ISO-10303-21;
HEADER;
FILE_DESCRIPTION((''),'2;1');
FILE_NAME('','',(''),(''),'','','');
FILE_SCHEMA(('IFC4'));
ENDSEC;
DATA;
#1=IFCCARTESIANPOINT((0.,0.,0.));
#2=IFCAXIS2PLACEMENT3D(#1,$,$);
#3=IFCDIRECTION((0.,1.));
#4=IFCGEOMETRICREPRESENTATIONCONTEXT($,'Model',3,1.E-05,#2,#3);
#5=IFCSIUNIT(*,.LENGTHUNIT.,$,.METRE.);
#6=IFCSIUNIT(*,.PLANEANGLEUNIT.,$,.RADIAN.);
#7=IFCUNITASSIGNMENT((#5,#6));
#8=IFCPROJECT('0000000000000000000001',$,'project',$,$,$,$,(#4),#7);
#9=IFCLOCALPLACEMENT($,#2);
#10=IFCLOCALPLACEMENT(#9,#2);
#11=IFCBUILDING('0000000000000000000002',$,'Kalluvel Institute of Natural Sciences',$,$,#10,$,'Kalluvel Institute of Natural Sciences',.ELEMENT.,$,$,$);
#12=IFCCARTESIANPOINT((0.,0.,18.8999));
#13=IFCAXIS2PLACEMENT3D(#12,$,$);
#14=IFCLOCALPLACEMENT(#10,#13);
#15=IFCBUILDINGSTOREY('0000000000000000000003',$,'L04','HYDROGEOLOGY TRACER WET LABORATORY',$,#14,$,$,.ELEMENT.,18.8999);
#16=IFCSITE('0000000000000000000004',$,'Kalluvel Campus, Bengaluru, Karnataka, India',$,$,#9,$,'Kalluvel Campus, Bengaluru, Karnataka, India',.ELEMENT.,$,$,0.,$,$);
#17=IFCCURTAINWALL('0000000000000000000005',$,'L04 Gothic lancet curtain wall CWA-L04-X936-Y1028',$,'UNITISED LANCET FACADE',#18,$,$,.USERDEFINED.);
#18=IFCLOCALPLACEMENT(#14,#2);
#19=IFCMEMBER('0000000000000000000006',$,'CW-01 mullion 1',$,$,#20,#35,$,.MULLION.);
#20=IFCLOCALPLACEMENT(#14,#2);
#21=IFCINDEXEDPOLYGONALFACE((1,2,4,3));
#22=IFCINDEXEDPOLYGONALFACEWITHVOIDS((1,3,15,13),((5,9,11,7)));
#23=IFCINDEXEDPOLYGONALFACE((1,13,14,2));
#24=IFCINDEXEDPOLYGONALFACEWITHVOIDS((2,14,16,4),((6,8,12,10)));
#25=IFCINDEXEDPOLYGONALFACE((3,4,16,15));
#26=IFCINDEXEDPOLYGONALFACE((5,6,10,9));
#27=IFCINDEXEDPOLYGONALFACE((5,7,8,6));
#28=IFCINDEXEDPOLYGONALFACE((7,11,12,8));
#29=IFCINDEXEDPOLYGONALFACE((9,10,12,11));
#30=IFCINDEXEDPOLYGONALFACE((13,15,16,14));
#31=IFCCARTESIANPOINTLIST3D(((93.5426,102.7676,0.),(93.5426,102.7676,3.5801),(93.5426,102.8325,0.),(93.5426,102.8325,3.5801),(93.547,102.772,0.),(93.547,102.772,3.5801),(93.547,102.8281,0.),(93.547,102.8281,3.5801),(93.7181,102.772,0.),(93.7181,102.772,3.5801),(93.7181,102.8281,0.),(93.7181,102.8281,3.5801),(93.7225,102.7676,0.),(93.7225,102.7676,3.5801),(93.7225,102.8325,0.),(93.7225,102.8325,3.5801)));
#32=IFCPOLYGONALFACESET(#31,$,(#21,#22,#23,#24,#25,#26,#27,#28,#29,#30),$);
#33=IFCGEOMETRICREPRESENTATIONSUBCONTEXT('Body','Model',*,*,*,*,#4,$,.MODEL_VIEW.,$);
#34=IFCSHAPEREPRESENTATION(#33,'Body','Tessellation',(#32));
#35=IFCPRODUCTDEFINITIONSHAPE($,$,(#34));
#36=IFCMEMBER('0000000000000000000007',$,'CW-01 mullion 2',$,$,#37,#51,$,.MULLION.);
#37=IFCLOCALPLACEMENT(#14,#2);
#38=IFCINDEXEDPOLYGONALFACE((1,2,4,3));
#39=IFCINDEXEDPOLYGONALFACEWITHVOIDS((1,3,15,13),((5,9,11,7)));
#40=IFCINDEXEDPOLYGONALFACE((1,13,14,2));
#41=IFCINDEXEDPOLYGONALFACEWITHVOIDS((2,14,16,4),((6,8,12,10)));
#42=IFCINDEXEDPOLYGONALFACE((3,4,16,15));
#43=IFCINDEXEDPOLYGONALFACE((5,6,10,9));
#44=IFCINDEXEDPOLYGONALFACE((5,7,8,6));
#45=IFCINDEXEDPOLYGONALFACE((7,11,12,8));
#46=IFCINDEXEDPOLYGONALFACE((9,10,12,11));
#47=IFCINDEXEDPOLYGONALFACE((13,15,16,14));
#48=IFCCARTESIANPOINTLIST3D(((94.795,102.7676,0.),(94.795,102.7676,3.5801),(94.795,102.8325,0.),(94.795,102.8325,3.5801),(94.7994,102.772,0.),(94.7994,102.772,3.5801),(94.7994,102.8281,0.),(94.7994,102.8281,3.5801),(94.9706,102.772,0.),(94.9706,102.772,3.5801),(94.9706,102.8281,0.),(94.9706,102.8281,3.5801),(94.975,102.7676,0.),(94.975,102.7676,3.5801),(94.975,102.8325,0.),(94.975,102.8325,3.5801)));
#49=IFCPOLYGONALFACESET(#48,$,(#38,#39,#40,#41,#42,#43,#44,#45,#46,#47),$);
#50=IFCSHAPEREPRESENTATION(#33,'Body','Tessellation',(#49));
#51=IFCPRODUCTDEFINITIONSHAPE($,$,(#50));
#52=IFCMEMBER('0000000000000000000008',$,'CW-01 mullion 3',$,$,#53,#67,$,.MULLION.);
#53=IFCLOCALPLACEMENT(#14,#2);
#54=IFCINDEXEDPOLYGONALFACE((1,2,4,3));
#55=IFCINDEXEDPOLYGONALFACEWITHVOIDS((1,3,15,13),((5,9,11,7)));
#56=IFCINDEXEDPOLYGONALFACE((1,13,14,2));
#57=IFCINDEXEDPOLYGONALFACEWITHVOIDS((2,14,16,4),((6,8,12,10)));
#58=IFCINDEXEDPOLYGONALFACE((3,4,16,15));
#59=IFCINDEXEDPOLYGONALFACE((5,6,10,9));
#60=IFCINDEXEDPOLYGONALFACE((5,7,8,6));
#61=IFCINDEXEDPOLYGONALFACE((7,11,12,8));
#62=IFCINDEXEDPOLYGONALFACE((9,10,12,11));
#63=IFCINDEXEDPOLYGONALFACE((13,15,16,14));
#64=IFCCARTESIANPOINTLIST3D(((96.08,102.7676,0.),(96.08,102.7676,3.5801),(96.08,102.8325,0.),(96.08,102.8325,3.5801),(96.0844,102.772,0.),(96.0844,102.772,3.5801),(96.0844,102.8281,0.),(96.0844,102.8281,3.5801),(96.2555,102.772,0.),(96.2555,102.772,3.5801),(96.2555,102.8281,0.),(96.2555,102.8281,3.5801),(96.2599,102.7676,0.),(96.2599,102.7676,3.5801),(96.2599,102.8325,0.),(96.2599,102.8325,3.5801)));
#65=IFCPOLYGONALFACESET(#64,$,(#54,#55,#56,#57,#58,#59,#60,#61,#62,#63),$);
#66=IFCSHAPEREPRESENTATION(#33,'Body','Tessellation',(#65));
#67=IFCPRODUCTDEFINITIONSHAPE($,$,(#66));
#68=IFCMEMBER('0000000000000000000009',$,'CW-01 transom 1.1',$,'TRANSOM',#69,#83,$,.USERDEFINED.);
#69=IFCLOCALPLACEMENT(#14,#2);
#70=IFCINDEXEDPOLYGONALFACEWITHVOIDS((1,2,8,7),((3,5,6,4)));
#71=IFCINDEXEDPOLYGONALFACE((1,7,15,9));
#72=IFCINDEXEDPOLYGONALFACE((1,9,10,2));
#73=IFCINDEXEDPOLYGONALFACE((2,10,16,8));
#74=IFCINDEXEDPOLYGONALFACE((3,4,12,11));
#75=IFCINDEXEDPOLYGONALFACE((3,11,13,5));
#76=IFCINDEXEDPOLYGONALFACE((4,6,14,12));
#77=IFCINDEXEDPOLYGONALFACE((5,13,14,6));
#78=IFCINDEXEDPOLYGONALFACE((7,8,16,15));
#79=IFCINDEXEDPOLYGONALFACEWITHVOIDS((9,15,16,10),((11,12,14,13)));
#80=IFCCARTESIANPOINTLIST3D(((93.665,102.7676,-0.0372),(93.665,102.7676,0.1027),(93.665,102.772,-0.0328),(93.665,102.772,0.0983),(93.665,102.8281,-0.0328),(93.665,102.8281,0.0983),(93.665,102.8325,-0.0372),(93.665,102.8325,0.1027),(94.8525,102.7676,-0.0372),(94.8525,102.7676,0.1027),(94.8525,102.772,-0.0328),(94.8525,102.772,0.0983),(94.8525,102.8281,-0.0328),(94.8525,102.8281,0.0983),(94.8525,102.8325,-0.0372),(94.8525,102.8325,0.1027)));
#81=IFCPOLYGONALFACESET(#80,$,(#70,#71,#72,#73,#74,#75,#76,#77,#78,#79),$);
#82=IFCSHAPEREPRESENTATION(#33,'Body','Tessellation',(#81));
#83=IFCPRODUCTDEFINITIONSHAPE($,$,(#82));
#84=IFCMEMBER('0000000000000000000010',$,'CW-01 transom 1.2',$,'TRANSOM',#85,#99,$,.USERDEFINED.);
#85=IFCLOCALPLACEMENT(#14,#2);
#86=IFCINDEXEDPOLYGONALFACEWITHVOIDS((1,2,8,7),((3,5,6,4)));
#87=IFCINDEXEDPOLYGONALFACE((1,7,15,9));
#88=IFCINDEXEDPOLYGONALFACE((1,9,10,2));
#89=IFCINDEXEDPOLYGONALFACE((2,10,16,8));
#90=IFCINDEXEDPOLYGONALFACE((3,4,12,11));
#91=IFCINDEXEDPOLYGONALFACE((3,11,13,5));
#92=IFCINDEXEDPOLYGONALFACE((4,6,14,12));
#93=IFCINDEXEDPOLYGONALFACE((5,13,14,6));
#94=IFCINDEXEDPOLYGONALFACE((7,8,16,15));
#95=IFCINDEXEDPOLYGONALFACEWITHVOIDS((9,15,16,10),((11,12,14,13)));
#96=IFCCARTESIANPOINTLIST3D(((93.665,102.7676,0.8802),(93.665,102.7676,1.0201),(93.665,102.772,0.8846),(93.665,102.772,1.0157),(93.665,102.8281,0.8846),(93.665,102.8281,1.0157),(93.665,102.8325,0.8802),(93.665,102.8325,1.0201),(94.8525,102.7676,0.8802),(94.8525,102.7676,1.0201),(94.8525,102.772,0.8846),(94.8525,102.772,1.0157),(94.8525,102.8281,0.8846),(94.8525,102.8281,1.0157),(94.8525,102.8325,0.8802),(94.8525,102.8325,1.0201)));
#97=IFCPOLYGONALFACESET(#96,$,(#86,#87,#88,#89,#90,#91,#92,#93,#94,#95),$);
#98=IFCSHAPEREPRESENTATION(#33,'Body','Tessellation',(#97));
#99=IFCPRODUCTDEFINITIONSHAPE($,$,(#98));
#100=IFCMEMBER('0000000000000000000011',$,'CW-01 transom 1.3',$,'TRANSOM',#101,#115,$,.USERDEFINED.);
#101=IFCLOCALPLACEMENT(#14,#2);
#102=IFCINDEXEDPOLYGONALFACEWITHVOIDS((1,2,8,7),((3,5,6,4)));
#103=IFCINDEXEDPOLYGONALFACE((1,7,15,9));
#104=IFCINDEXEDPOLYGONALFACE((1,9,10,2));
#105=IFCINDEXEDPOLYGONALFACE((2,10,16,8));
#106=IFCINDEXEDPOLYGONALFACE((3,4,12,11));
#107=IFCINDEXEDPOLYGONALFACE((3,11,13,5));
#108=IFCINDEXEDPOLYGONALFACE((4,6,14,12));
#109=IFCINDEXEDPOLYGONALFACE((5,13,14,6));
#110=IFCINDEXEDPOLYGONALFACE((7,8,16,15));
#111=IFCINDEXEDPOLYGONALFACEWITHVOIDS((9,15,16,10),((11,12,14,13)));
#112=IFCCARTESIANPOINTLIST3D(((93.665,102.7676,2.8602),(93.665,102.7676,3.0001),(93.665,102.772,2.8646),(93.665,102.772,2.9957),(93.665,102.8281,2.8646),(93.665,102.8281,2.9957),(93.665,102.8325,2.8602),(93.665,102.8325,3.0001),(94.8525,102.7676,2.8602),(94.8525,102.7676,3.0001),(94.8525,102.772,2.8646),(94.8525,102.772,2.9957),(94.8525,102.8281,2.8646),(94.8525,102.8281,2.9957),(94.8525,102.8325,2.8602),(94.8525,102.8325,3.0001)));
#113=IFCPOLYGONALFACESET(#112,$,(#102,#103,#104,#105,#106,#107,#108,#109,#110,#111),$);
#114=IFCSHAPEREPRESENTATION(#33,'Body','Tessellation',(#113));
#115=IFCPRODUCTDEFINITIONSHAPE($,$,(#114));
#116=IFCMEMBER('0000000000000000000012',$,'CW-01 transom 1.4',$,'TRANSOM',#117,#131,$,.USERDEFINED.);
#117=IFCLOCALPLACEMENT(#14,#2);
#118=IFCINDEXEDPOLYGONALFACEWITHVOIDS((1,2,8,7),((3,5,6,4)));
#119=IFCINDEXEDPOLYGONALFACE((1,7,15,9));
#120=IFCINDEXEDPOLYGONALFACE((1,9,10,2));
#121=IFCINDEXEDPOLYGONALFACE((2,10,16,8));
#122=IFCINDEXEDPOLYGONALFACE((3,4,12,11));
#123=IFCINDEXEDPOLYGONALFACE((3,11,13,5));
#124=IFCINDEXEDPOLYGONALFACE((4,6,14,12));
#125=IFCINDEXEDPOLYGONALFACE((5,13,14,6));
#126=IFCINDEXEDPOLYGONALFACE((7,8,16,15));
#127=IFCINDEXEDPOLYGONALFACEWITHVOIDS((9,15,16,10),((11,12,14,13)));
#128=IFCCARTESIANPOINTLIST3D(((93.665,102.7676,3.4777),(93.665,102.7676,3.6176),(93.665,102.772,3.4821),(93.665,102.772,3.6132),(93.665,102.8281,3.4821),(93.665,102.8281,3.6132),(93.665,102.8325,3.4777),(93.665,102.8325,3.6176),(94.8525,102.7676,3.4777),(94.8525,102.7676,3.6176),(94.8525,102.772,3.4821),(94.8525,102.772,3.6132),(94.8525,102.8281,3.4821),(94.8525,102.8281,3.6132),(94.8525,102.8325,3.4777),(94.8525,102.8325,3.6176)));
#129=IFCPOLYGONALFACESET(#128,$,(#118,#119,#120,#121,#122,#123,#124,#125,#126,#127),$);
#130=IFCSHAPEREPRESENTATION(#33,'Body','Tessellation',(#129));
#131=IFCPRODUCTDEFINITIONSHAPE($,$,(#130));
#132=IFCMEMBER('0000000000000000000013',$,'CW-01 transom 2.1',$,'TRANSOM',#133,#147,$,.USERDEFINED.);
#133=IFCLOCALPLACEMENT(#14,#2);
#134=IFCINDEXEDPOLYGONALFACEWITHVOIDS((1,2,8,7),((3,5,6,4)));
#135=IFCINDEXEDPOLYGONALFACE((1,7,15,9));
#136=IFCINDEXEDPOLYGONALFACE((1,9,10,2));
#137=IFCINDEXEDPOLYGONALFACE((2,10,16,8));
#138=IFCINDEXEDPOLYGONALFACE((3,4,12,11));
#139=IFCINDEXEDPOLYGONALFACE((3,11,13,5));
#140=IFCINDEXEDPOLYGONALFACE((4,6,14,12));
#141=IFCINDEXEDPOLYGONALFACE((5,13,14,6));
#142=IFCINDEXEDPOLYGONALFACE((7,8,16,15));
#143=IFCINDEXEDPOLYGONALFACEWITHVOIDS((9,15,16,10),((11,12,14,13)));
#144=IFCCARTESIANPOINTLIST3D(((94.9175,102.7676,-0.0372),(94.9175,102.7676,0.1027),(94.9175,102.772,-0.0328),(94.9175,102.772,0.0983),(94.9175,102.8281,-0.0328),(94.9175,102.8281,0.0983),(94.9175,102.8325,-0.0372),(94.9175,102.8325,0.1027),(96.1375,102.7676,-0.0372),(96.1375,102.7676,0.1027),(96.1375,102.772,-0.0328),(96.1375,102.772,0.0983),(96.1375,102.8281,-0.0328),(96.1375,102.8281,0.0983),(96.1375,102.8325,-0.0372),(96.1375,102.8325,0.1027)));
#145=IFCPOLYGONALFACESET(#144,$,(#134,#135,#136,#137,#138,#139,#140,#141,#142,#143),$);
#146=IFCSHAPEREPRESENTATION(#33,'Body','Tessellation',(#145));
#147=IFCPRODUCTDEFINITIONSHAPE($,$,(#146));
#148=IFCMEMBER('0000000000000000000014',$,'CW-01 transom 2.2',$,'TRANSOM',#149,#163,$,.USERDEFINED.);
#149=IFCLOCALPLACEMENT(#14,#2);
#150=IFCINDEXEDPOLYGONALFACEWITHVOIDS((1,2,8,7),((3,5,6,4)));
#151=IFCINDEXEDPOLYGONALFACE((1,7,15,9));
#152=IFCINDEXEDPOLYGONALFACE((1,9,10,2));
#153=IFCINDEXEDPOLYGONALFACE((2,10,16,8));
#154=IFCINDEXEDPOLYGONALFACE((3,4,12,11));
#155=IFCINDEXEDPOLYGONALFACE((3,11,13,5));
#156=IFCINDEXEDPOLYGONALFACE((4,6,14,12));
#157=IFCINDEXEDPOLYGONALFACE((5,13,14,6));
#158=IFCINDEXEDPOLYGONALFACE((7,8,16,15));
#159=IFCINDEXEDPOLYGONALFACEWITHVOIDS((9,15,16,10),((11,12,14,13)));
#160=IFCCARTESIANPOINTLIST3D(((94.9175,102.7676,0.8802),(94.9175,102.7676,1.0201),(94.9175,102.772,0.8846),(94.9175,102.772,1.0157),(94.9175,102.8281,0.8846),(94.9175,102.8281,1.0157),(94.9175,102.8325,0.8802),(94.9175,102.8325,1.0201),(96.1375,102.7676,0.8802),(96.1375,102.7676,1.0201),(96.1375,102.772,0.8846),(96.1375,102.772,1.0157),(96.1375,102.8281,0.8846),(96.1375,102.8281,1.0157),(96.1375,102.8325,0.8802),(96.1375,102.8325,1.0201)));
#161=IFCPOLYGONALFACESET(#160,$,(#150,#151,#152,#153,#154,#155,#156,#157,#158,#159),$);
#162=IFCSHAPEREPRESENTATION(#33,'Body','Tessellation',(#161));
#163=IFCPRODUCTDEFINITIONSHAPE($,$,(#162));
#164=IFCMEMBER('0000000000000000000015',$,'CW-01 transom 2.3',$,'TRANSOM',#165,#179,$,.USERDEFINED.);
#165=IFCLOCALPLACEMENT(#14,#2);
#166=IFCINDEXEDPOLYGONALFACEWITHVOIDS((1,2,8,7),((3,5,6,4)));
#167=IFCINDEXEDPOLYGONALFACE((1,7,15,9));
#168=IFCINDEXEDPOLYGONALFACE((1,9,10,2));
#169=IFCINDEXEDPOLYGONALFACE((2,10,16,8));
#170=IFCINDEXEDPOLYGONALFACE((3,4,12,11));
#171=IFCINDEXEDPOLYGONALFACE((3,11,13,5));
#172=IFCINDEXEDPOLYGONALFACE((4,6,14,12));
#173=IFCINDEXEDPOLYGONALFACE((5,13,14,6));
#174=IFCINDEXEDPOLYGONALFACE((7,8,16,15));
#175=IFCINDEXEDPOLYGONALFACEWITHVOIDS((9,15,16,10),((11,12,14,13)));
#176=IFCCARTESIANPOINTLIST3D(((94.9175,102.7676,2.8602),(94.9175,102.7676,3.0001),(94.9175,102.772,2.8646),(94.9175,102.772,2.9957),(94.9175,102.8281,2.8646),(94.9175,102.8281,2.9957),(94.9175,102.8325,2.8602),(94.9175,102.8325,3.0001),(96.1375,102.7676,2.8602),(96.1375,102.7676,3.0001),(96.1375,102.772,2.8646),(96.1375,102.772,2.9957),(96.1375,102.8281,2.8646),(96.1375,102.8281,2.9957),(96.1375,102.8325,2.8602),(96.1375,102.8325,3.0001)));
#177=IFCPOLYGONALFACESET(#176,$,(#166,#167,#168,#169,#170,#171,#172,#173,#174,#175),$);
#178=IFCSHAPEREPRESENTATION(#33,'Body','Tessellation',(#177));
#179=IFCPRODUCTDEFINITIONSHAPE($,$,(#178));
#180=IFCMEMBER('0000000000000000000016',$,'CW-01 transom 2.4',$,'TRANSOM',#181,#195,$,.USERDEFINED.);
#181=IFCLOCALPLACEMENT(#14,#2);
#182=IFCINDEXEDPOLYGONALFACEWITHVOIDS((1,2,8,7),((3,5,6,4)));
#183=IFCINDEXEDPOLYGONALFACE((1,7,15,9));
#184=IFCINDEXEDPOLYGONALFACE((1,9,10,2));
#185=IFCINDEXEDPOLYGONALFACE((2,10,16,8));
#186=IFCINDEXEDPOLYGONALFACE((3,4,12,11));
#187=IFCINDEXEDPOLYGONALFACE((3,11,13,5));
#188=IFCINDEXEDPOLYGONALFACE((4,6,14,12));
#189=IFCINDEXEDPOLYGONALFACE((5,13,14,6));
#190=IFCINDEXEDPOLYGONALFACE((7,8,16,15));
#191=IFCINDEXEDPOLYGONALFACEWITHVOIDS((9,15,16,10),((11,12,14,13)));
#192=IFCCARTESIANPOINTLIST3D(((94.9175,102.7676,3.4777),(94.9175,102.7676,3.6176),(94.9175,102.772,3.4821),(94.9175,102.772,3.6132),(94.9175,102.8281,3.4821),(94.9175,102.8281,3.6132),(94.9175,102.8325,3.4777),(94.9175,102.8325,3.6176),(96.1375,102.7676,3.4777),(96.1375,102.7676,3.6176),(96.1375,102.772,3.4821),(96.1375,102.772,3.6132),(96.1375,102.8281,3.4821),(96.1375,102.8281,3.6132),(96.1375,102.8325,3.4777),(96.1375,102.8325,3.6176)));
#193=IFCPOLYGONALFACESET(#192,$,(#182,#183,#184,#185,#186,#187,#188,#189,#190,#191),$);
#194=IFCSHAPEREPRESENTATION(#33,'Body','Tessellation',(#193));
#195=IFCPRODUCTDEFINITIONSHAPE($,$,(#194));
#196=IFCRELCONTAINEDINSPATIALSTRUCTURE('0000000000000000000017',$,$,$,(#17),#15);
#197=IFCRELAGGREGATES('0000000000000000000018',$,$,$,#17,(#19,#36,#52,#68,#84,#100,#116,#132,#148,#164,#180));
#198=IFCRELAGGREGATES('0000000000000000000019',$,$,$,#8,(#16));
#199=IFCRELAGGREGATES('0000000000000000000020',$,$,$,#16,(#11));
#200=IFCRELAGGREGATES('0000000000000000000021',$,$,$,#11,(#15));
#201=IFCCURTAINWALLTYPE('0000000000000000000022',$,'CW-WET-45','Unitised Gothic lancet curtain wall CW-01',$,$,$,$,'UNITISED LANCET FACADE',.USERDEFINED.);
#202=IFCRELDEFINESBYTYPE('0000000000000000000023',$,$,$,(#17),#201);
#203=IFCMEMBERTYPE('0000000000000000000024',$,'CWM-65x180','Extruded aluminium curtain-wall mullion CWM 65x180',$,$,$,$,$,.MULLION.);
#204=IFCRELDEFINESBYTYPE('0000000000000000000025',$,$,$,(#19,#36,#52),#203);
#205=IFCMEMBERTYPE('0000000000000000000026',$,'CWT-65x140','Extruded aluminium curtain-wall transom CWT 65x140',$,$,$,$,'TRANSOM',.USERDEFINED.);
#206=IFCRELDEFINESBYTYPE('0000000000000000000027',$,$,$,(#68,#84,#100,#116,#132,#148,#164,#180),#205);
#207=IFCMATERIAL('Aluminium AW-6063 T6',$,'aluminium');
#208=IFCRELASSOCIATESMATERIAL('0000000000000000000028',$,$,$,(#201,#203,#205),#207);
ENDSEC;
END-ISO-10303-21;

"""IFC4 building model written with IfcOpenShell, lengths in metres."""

from ifc_helpers import new_model, si_unit, direction, frame, origin, origin_2d, place, context, subcontext, project, spatial, hollow_rectangle, extrude, material, material_profile, profile_set, type_object, element, aggregate, save


model = new_model("IFC4")

# Units and contexts
model_context = context("Model", 3, precision=1e-05, world=origin(), true_north=direction((0.0, 1.0)))
body_context = subcontext(model_context, "Body", "Model", "MODEL_VIEW")
ifc_project = project(units=[si_unit("LENGTHUNIT", "METRE"), si_unit("PLANEANGLEUNIT", "RADIAN")], contexts=[model_context])

# Site, building, storey
site_placement = place(None, origin())
site = spatial("IfcSite", under=ifc_project, at=site_placement, Name="Kalluvel Campus, Bengaluru, Karnataka, India", LongName="Kalluvel Campus, Bengaluru, Karnataka, India", CompositionType="ELEMENT", RefElevation=0.0)
building_placement = place(site_placement, origin())
building = spatial("IfcBuilding", under=site, at=building_placement, Name="Kalluvel Institute of Natural Sciences", LongName="Kalluvel Institute of Natural Sciences", CompositionType="ELEMENT")
storey_placement = place(building_placement, frame((0.0, 0.0, 18.8999)))
storey = spatial("IfcBuildingStorey", under=building, at=storey_placement, Name="L04", Description="HYDROGEOLOGY TRACER WET LABORATORY", CompositionType="ELEMENT", Elevation=18.8999)

# Curtain wall, members
ifc_material_1 = material(Name="Aluminium AW-6063 T6", Category="aluminium")
curtain_wall_type = type_object("IfcCurtainWallType", Name="CW-WET-45", Description="Unitised Gothic lancet curtain wall CW-01", ElementType="UNITISED LANCET FACADE", PredefinedType="USERDEFINED", material=ifc_material_1)
curtain_wall_placement = place(storey_placement, origin())
curtain_wall = element("IfcCurtainWall", 1, at=curtain_wall_placement, inside=storey, type_object=curtain_wall_type, Name="L04 Gothic lancet curtain wall CWA-L04-X936-Y1028", ObjectType="UNITISED LANCET FACADE", PredefinedType="USERDEFINED")
ifc_material_profile_1 = material_profile(ifc_material_1, hollow_rectangle(XDim=0.0649, YDim=0.1799, WallThickness=0.0044, at=origin_2d()), Name="CWM 65x180")
ifc_profile_set_1 = profile_set([ifc_material_profile_1], Name="Aluminium AW-6063 T6")
member_type_1 = type_object("IfcMemberType", Name="CWM-65x180", Description="Extruded aluminium curtain-wall mullion CWM 65x180", PredefinedType="MULLION", material=ifc_profile_set_1)
member_1_placement = place(storey_placement, frame((93.6326, 102.8, 0.0), z_axis=(0.0, 0.0, 1.0), x_axis=(0.0, 1.0, 0.0)))
member_1 = element("IfcMember", 2, at=member_1_placement, type_object=member_type_1, Name="CW-01 mullion 1", PredefinedType="MULLION", context=body_context, shape_type="SweptSolid", body=[
    extrude(hollow_rectangle(XDim=0.0649, YDim=0.1799, WallThickness=0.0044, at=origin_2d()), origin(), (0.0, 0.0, 1.0), 3.5801),
])
member_2_placement = place(storey_placement, frame((94.885, 102.8, 0.0), z_axis=(0.0, 0.0, 1.0), x_axis=(0.0, 1.0, 0.0)))
member_2 = element("IfcMember", 3, at=member_2_placement, type_object=member_type_1, Name="CW-01 mullion 2", PredefinedType="MULLION", context=body_context, shape_type="SweptSolid", body=[
    extrude(hollow_rectangle(XDim=0.0649, YDim=0.1799, WallThickness=0.0044, at=origin_2d()), origin(), (0.0, 0.0, 1.0), 3.5801),
])
member_3_placement = place(storey_placement, frame((96.1699, 102.8, 0.0), z_axis=(0.0, 0.0, 1.0), x_axis=(0.0, 1.0, 0.0)))
member_3 = element("IfcMember", 4, at=member_3_placement, type_object=member_type_1, Name="CW-01 mullion 3", PredefinedType="MULLION", context=body_context, shape_type="SweptSolid", body=[
    extrude(hollow_rectangle(XDim=0.0649, YDim=0.1799, WallThickness=0.0044, at=origin_2d()), origin(), (0.0, 0.0, 1.0), 3.5801),
])
ifc_material_profile_2 = material_profile(ifc_material_1, hollow_rectangle(XDim=0.0649, YDim=0.1399, WallThickness=0.0044, at=origin_2d()), Name="CWT 65x140")
ifc_profile_set_2 = profile_set([ifc_material_profile_2], Name="Aluminium AW-6063 T6")
member_type_2 = type_object("IfcMemberType", Name="CWT-65x140", Description="Extruded aluminium curtain-wall transom CWT 65x140", ElementType="TRANSOM", PredefinedType="USERDEFINED", material=ifc_profile_set_2)
member_4_placement = place(storey_placement, frame((93.665, 102.8, 0.0327), z_axis=(1.0, 0.0, 0.0), x_axis=(0.0, 1.0, 0.0)))
member_4 = element("IfcMember", 5, at=member_4_placement, type_object=member_type_2, Name="CW-01 transom 1.1", ObjectType="TRANSOM", PredefinedType="USERDEFINED", context=body_context, shape_type="SweptSolid", body=[
    extrude(hollow_rectangle(XDim=0.0649, YDim=0.1399, WallThickness=0.0044, at=origin_2d()), origin(), (0.0, 0.0, 1.0), 1.1875),
])
member_5_placement = place(storey_placement, frame((93.665, 102.8, 0.9502), z_axis=(1.0, 0.0, 0.0), x_axis=(0.0, 1.0, 0.0)))
member_5 = element("IfcMember", 6, at=member_5_placement, type_object=member_type_2, Name="CW-01 transom 1.2", ObjectType="TRANSOM", PredefinedType="USERDEFINED", context=body_context, shape_type="SweptSolid", body=[
    extrude(hollow_rectangle(XDim=0.0649, YDim=0.1399, WallThickness=0.0044, at=origin_2d()), origin(), (0.0, 0.0, 1.0), 1.1875),
])
member_6_placement = place(storey_placement, frame((93.665, 102.8, 2.9302), z_axis=(1.0, 0.0, 0.0), x_axis=(0.0, 1.0, 0.0)))
member_6 = element("IfcMember", 7, at=member_6_placement, type_object=member_type_2, Name="CW-01 transom 1.3", ObjectType="TRANSOM", PredefinedType="USERDEFINED", context=body_context, shape_type="SweptSolid", body=[
    extrude(hollow_rectangle(XDim=0.0649, YDim=0.1399, WallThickness=0.0044, at=origin_2d()), origin(), (0.0, 0.0, 1.0), 1.1875),
])
member_7_placement = place(storey_placement, frame((93.665, 102.8, 3.5476), z_axis=(1.0, 0.0, 0.0), x_axis=(0.0, 1.0, 0.0)))
member_7 = element("IfcMember", 8, at=member_7_placement, type_object=member_type_2, Name="CW-01 transom 1.4", ObjectType="TRANSOM", PredefinedType="USERDEFINED", context=body_context, shape_type="SweptSolid", body=[
    extrude(hollow_rectangle(XDim=0.0649, YDim=0.1399, WallThickness=0.0044, at=origin_2d()), origin(), (0.0, 0.0, 1.0), 1.1875),
])
member_8_placement = place(storey_placement, frame((94.9175, 102.8, 0.0327), z_axis=(1.0, 0.0, 0.0), x_axis=(0.0, 1.0, 0.0)))
member_8 = element("IfcMember", 9, at=member_8_placement, type_object=member_type_2, Name="CW-01 transom 2.1", ObjectType="TRANSOM", PredefinedType="USERDEFINED", context=body_context, shape_type="SweptSolid", body=[
    extrude(hollow_rectangle(XDim=0.0649, YDim=0.1399, WallThickness=0.0044, at=origin_2d()), origin(), (0.0, 0.0, 1.0), 1.22),
])
member_9_placement = place(storey_placement, frame((94.9175, 102.8, 0.9502), z_axis=(1.0, 0.0, 0.0), x_axis=(0.0, 1.0, 0.0)))
member_9 = element("IfcMember", 10, at=member_9_placement, type_object=member_type_2, Name="CW-01 transom 2.2", ObjectType="TRANSOM", PredefinedType="USERDEFINED", context=body_context, shape_type="SweptSolid", body=[
    extrude(hollow_rectangle(XDim=0.0649, YDim=0.1399, WallThickness=0.0044, at=origin_2d()), origin(), (0.0, 0.0, 1.0), 1.22),
])
member_10_placement = place(storey_placement, frame((94.9175, 102.8, 2.9302), z_axis=(1.0, 0.0, 0.0), x_axis=(0.0, 1.0, 0.0)))
member_10 = element("IfcMember", 11, at=member_10_placement, type_object=member_type_2, Name="CW-01 transom 2.3", ObjectType="TRANSOM", PredefinedType="USERDEFINED", context=body_context, shape_type="SweptSolid", body=[
    extrude(hollow_rectangle(XDim=0.0649, YDim=0.1399, WallThickness=0.0044, at=origin_2d()), origin(), (0.0, 0.0, 1.0), 1.22),
])
member_11_placement = place(storey_placement, frame((94.9175, 102.8, 3.5476), z_axis=(1.0, 0.0, 0.0), x_axis=(0.0, 1.0, 0.0)))
member_11 = element("IfcMember", 12, at=member_11_placement, type_object=member_type_2, Name="CW-01 transom 2.4", ObjectType="TRANSOM", PredefinedType="USERDEFINED", context=body_context, shape_type="SweptSolid", body=[
    extrude(hollow_rectangle(XDim=0.0649, YDim=0.1399, WallThickness=0.0044, at=origin_2d()), origin(), (0.0, 0.0, 1.0), 1.22),
])

aggregate(curtain_wall, [member_1, member_2, member_3, member_4, member_5, member_6, member_7, member_8, member_9, member_10, member_11])

save(model, "model.ifc")
